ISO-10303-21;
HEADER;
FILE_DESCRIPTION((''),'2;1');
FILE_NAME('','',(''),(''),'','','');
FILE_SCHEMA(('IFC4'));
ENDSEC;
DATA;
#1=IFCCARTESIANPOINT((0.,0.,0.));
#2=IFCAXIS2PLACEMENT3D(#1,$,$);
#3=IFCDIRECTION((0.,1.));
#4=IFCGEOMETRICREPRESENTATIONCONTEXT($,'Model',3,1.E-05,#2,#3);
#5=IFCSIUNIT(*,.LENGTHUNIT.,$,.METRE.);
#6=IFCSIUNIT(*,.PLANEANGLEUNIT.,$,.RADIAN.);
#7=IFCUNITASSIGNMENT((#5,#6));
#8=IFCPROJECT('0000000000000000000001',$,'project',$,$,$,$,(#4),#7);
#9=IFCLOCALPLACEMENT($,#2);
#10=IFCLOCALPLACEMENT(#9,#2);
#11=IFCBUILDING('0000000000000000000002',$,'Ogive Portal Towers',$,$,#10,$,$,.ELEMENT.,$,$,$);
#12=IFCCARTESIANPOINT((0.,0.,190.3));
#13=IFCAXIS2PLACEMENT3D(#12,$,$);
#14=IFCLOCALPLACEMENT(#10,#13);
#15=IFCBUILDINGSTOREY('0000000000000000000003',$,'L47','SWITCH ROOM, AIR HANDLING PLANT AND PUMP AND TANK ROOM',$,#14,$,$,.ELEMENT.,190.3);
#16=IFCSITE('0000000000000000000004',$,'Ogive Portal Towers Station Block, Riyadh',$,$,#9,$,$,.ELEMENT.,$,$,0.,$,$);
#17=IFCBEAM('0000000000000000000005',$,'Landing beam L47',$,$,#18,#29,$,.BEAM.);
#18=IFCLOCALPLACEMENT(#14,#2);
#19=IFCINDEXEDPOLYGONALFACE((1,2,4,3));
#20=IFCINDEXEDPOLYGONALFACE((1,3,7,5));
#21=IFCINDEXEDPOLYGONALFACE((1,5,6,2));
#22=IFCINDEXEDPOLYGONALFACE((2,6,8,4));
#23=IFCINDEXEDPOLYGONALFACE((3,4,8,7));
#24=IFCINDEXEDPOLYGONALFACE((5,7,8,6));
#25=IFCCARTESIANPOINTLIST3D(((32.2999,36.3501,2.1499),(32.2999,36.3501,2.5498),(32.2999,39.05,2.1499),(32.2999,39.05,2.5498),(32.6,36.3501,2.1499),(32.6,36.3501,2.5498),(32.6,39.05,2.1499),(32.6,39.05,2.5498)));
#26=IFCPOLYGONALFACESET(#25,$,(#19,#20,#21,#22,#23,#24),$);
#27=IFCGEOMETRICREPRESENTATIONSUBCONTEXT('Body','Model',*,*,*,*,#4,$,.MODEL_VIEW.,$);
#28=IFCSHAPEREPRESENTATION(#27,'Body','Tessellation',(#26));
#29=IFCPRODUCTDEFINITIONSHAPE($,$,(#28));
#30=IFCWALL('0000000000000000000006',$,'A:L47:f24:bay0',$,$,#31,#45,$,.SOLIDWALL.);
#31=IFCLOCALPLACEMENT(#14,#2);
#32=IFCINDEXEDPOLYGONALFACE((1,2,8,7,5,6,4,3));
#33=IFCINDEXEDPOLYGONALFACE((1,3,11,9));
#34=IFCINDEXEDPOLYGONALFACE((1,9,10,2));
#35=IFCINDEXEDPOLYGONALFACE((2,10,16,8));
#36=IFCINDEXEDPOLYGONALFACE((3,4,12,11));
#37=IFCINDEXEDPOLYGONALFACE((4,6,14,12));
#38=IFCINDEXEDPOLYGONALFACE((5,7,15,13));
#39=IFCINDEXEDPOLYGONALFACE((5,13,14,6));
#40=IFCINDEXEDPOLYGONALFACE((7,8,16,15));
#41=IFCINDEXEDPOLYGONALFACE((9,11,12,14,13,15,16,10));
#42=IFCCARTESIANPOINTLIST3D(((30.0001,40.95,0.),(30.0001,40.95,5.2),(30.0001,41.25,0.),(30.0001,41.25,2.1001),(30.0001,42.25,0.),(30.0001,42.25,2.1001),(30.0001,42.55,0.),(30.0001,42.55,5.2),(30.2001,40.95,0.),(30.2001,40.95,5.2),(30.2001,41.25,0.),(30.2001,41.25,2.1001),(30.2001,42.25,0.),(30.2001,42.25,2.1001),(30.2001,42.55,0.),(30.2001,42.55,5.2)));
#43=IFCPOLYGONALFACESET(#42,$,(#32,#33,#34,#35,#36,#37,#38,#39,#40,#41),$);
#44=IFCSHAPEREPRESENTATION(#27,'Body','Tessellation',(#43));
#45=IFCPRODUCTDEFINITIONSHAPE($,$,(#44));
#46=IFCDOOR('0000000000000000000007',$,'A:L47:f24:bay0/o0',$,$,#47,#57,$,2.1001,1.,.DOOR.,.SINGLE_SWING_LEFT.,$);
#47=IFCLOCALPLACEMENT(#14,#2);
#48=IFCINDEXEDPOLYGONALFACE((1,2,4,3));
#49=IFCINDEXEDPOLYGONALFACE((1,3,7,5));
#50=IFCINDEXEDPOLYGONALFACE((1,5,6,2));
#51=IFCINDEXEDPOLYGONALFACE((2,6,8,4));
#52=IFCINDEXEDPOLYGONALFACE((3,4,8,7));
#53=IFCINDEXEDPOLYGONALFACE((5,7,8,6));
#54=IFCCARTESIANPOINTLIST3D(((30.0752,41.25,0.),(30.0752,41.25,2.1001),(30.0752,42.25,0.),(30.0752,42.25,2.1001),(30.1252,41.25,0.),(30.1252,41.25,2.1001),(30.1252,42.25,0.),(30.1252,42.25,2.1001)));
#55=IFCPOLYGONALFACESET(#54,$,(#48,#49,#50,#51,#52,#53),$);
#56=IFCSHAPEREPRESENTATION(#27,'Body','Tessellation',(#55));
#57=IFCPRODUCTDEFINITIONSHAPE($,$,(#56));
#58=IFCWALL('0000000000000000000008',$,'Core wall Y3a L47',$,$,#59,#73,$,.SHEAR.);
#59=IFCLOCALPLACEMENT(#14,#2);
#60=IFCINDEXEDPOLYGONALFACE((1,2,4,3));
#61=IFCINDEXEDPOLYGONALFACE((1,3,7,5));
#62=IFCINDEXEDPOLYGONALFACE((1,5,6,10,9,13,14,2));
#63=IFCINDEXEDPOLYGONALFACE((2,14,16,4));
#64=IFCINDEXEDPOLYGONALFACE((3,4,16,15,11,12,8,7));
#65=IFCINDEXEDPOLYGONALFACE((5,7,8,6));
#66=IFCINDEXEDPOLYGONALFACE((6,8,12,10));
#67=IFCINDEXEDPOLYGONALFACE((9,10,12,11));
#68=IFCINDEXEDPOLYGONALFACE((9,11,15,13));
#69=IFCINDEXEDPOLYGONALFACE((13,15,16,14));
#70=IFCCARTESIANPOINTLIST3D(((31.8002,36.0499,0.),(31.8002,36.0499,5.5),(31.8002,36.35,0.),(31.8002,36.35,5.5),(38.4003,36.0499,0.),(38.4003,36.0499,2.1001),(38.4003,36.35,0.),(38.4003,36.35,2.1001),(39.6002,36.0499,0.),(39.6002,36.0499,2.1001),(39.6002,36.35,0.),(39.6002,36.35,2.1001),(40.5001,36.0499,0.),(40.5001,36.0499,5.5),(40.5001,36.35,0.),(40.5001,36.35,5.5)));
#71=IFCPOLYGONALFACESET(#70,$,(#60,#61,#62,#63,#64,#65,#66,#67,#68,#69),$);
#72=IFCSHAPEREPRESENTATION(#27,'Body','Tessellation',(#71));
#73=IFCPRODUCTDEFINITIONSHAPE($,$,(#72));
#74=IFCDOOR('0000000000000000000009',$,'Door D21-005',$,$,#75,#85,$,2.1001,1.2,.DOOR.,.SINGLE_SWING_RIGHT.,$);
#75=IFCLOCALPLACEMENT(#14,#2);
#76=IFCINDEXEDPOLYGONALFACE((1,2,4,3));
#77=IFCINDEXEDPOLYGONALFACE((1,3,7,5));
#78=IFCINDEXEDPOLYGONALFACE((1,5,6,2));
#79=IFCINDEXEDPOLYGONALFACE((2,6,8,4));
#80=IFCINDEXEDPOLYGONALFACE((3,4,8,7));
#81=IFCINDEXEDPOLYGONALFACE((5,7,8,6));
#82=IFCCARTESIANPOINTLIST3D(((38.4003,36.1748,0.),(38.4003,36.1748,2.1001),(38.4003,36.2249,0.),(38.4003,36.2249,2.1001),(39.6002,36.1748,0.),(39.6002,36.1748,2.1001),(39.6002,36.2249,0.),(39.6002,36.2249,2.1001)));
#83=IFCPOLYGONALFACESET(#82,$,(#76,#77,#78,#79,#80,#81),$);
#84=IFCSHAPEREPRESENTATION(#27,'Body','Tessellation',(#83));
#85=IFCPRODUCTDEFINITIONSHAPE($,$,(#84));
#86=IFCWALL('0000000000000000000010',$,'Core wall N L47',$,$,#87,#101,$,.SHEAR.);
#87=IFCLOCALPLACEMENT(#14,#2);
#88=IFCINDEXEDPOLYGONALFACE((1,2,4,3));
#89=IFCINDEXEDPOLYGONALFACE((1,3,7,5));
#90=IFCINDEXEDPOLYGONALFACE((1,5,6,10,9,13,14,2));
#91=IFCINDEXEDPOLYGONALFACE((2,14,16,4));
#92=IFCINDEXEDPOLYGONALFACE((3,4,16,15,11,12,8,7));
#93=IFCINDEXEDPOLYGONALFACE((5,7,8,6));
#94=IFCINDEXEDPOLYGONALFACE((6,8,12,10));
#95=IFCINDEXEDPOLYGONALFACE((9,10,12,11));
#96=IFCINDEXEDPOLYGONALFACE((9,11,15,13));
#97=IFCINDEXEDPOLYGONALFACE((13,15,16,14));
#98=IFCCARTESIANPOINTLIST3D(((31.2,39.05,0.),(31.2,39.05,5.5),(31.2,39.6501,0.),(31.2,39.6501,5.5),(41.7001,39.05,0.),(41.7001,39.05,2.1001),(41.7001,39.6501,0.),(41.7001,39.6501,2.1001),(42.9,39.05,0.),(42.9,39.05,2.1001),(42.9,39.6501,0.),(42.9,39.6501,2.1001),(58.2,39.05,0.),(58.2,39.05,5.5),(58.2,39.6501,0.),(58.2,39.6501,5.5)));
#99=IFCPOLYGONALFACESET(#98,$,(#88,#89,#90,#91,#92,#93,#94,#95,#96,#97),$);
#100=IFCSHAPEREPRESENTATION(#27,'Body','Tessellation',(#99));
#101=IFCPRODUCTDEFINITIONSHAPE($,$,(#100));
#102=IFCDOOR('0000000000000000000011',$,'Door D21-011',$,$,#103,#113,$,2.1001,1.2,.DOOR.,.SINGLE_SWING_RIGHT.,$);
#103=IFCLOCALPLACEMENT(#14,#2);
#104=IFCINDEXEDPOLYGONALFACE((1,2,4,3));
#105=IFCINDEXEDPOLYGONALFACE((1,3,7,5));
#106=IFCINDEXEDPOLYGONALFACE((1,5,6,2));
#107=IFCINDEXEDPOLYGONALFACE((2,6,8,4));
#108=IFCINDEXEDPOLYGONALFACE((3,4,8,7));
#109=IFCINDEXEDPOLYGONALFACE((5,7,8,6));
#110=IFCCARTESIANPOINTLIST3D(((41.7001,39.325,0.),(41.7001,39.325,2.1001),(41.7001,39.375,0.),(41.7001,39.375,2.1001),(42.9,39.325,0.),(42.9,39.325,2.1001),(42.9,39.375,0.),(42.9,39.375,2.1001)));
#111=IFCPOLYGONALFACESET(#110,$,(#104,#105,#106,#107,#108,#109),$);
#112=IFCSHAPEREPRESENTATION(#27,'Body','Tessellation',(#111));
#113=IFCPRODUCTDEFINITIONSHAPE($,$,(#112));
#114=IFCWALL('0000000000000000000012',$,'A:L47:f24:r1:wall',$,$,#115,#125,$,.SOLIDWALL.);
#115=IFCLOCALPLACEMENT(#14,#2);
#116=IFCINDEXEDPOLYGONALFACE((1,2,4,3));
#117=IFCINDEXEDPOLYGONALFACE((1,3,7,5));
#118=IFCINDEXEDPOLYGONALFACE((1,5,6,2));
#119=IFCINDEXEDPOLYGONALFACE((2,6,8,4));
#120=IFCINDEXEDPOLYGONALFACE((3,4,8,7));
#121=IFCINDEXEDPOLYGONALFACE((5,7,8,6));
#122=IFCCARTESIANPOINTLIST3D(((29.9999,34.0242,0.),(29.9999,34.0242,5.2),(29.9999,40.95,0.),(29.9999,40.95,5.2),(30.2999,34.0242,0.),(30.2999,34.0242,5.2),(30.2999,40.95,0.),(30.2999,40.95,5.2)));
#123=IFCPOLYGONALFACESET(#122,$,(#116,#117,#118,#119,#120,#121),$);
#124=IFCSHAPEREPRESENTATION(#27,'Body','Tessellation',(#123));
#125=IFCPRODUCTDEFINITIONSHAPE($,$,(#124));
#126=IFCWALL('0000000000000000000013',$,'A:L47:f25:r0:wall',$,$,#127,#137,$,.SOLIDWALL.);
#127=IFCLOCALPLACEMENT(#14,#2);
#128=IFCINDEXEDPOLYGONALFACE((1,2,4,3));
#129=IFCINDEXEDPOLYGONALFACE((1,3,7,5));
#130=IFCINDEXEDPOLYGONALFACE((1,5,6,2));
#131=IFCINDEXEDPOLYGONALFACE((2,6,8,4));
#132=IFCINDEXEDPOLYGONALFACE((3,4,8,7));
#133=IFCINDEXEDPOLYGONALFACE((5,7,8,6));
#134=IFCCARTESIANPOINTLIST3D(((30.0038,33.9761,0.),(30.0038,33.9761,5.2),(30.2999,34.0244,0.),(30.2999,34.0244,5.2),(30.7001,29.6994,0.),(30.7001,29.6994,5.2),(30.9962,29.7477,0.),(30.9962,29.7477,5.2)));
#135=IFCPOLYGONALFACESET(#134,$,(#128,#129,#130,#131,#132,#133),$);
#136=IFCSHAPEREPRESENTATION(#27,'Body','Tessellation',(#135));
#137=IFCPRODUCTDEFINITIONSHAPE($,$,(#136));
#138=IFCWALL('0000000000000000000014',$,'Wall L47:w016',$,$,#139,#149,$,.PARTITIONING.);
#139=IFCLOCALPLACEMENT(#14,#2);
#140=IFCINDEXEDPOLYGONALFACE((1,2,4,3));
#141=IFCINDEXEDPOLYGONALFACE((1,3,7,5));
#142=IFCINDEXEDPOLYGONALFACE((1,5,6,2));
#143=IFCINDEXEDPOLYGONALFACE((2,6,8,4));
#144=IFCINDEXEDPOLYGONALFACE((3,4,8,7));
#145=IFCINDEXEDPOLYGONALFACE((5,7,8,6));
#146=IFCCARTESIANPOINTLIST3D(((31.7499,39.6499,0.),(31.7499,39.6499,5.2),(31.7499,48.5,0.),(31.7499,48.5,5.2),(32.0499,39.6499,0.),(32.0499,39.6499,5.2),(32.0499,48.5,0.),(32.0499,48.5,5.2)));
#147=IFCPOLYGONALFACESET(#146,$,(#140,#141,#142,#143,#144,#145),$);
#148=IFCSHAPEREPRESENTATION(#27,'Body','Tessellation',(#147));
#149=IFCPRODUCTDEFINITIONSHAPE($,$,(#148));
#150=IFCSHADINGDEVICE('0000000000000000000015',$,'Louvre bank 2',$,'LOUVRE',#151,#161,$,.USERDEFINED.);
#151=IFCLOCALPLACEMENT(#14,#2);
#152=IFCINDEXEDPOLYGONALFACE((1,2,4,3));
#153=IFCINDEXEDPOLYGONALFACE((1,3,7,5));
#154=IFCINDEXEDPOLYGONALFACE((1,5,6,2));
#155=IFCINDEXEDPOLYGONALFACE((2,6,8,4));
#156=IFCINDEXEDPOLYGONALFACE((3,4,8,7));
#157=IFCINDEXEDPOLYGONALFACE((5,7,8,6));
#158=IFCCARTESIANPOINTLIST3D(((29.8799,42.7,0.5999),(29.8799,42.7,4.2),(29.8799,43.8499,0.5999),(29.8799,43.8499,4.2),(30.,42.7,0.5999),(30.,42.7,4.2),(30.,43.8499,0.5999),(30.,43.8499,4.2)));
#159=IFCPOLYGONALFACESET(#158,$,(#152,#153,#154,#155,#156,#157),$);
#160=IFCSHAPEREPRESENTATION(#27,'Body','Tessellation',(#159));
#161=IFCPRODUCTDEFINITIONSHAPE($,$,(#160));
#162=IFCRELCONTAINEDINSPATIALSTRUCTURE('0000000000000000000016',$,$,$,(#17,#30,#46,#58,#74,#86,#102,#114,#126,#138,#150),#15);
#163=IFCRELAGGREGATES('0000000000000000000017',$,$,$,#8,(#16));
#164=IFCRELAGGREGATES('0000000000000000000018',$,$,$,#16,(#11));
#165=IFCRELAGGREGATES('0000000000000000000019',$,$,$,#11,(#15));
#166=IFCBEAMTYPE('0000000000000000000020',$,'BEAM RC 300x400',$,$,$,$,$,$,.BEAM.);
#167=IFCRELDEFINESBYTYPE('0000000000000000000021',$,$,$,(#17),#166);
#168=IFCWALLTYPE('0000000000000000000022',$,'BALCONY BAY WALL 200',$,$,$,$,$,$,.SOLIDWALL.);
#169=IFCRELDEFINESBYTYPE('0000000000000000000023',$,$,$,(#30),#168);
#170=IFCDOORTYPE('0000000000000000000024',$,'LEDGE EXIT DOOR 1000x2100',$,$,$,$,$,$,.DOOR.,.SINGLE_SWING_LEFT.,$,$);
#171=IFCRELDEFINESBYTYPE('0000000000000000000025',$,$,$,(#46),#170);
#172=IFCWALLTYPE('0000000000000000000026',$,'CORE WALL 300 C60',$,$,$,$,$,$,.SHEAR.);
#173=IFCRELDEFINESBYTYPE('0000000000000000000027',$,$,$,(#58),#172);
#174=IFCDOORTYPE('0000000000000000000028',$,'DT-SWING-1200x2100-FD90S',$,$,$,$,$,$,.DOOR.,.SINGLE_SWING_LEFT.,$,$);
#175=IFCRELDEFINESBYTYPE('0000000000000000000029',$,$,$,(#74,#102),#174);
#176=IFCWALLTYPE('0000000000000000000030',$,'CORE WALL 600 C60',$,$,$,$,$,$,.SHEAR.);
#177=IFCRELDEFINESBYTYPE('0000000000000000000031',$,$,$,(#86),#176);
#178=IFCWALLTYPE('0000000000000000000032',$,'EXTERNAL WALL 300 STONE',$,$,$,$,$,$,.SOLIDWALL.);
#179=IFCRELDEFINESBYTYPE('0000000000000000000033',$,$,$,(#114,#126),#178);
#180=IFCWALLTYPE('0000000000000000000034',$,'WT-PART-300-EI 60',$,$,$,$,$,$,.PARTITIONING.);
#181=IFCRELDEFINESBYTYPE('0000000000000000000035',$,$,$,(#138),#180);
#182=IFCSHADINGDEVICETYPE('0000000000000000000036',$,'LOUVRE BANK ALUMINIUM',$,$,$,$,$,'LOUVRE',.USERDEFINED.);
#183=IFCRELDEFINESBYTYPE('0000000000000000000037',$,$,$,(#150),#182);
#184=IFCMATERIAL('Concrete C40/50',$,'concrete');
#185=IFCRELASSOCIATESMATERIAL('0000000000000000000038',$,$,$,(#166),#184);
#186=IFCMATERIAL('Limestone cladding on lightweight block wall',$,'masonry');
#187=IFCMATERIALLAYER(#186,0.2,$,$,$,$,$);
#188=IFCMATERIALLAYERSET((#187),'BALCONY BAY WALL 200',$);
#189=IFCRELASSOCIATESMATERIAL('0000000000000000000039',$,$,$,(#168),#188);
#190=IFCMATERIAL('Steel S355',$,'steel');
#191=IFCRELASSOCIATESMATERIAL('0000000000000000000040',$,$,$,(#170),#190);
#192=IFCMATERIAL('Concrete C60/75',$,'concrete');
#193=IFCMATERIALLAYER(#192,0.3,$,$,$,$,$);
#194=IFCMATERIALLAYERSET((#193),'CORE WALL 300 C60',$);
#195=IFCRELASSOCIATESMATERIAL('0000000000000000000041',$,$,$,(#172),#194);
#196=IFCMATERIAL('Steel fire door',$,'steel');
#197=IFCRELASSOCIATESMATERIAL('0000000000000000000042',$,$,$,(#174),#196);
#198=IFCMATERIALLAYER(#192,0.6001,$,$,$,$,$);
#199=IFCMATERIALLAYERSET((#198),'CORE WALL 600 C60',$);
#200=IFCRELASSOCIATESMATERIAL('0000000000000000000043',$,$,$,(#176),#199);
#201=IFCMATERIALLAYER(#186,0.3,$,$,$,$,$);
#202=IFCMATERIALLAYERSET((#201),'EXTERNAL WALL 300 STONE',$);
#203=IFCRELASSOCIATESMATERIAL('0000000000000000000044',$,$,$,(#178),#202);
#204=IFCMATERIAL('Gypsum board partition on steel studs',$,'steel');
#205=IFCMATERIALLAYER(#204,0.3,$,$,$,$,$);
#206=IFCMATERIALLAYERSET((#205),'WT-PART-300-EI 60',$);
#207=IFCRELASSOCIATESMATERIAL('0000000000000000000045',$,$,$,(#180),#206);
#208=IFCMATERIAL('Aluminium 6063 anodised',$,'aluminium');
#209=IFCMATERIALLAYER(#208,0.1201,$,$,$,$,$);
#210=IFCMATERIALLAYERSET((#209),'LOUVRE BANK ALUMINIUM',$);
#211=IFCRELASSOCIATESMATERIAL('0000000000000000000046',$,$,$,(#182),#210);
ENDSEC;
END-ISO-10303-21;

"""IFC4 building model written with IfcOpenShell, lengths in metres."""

from ifc_helpers import new_model, si_unit, direction, frame, frame_2d, origin, origin_2d, place, context, subcontext, project, spatial, rectangle, extrude, material, layer, layer_set, material_profile, profile_set, type_object, element, fill, save


model = new_model("IFC4")

# Units and contexts
model_context = context("Model", 3, precision=1e-05, world=origin(), true_north=direction((0.0, 1.0)))
body_context = subcontext(model_context, "Body", "Model", "MODEL_VIEW")
ifc_project = project(units=[si_unit("LENGTHUNIT", "METRE"), si_unit("PLANEANGLEUNIT", "RADIAN")], contexts=[model_context])

# Site, building, storey
site_placement = place(None, origin())
site = spatial("IfcSite", under=ifc_project, at=site_placement, Name="Ogive Portal Towers Station Block, Riyadh", CompositionType="ELEMENT", RefElevation=0.0)
building_placement = place(site_placement, origin())
building = spatial("IfcBuilding", under=site, at=building_placement, Name="Ogive Portal Towers", CompositionType="ELEMENT")
storey_placement = place(building_placement, frame((0.0, 0.0, 190.3)))
storey = spatial("IfcBuildingStorey", under=building, at=storey_placement, Name="L47", Description="SWITCH ROOM, AIR HANDLING PLANT AND PUMP AND TANK ROOM", CompositionType="ELEMENT", Elevation=190.3)

# Beam
ifc_material_1 = material(Name="Concrete C40/50", Category="concrete")
ifc_material_profile = material_profile(ifc_material_1, rectangle(XDim=0.3, YDim=0.3999, at=origin_2d()), Name="RC 300x400")
ifc_profile_set = profile_set([ifc_material_profile], Name="Concrete C40/50")
beam_type = type_object("IfcBeamType", Name="BEAM RC 300x400", PredefinedType="BEAM", material=ifc_profile_set)
beam_placement = place(storey_placement, frame((32.45, 36.3501, 2.3499), z_axis=(0.0, 1.0, 0.0), x_axis=(-1.0, 0.0, 0.0)))
element("IfcBeam", 1, at=beam_placement, inside=storey, type_object=beam_type, Name="Landing beam L47", PredefinedType="BEAM", context=body_context, shape_type="SweptSolid", body=[
    extrude(rectangle(XDim=0.3, YDim=0.3999, at=origin_2d()), origin(), (0.0, 0.0, 1.0), 2.7),
])

# Walls, openings, doors
ifc_material_2 = material(Name="Limestone cladding on lightweight block wall", Category="masonry")
ifc_layer_1 = layer(ifc_material_2, 0.2)
ifc_layer_set_1 = layer_set([ifc_layer_1], Name="BALCONY BAY WALL 200")
wall_type_1 = type_object("IfcWallType", Name="BALCONY BAY WALL 200", PredefinedType="SOLIDWALL", material=ifc_layer_set_1)
wall_1_placement = place(storey_placement, frame((30.1001, 40.95, 0.0), z_axis=(0.0, 0.0, 1.0), x_axis=(0.0, 1.0, 0.0)))
wall_1 = element("IfcWall", 2, at=wall_1_placement, inside=storey, type_object=wall_type_1, Name="A:L47:f24:bay0", PredefinedType="SOLIDWALL", context=body_context, shape_type="SweptSolid", body=[
    extrude(rectangle(XDim=1.6001, YDim=0.2, at=frame_2d((0.8, 0.0))), origin(), (0.0, 0.0, 1.0), 5.2),
])
opening_1_placement = place(wall_1_placement, frame((0.3, 0.0, 0.0)))
opening_1 = element("IfcOpeningElement", 3, at=opening_1_placement, cuts=wall_1, PredefinedType="OPENING", context=body_context, shape_type="SweptSolid", body=[
    extrude(rectangle(XDim=1.0, YDim=2.1001, at=frame_2d((0.5, 1.05))), frame((0.0, 0.1099, 0.0), z_axis=(0.0, -1.0, 0.0), x_axis=(1.0, 0.0, 0.0)), (0.0, 0.0, 1.0), 0.22),
])
ifc_material_3 = material(Name="Steel S355", Category="steel")
door_type_1 = type_object("IfcDoorType", Name="LEDGE EXIT DOOR 1000x2100", OperationType="SINGLE_SWING_LEFT", PredefinedType="DOOR", material=ifc_material_3)
door_1_placement = place(opening_1_placement, origin())
door_1 = element("IfcDoor", 4, at=door_1_placement, inside=storey, type_object=door_type_1, Name="A:L47:f24:bay0/o0", OperationType="SINGLE_SWING_LEFT", OverallHeight=2.1001, OverallWidth=1.0, PredefinedType="DOOR", context=body_context, shape_type="SweptSolid", body=[
    extrude(rectangle(XDim=1.0, YDim=2.1001, at=frame_2d((0.5, 1.05))), frame((0.0, 0.0249, 0.0), z_axis=(0.0, -1.0, 0.0), x_axis=(1.0, 0.0, 0.0)), (0.0, 0.0, 1.0), 0.05),
])
fill(opening_1, door_1)
ifc_material_4 = material(Name="Concrete C60/75", Category="concrete")
ifc_layer_2 = layer(ifc_material_4, 0.3)
ifc_layer_set_2 = layer_set([ifc_layer_2], Name="CORE WALL 300 C60")
wall_type_2 = type_object("IfcWallType", Name="CORE WALL 300 C60", PredefinedType="SHEAR", material=ifc_layer_set_2)
wall_2_placement = place(storey_placement, frame((31.8, 36.2, 0.0), z_axis=(0.0, 0.0, 1.0), x_axis=(1.0, 0.0, 0.0)))
wall_2 = element("IfcWall", 5, at=wall_2_placement, inside=storey, type_object=wall_type_2, Name="Core wall Y3a L47", PredefinedType="SHEAR", context=body_context, shape_type="SweptSolid", body=[
    extrude(rectangle(XDim=8.7, YDim=0.3, at=frame_2d((4.3501, 0.0))), origin(), (0.0, 0.0, 1.0), 5.5),
])
opening_2_placement = place(wall_2_placement, frame((6.6001, 0.0, 0.0)))
opening_2 = element("IfcOpeningElement", 6, at=opening_2_placement, cuts=wall_2, PredefinedType="OPENING", context=body_context, shape_type="SweptSolid", body=[
    extrude(rectangle(XDim=1.2, YDim=2.1001, at=frame_2d((0.6001, 1.05))), frame((0.0, 0.1602, 0.0), z_axis=(0.0, -1.0, 0.0), x_axis=(1.0, 0.0, 0.0)), (0.0, 0.0, 1.0), 0.3201),
])
ifc_material_5 = material(Name="Steel fire door", Category="steel")
door_type_2 = type_object("IfcDoorType", Name="DT-SWING-1200x2100-FD90S", OperationType="SINGLE_SWING_LEFT", PredefinedType="DOOR", material=ifc_material_5)
door_2_placement = place(opening_2_placement, origin())
door_2 = element("IfcDoor", 7, at=door_2_placement, inside=storey, type_object=door_type_2, Name="Door D21-005", OperationType="SINGLE_SWING_RIGHT", OverallHeight=2.1001, OverallWidth=1.2, PredefinedType="DOOR", context=body_context, shape_type="SweptSolid", body=[
    extrude(rectangle(XDim=1.2, YDim=2.1001, at=frame_2d((0.6001, 1.05))), frame((0.0, 0.0249, 0.0), z_axis=(0.0, -1.0, 0.0), x_axis=(1.0, 0.0, 0.0)), (0.0, 0.0, 1.0), 0.05),
])
fill(opening_2, door_2)
ifc_layer_3 = layer(ifc_material_4, 0.6001)
ifc_layer_set_3 = layer_set([ifc_layer_3], Name="CORE WALL 600 C60")
wall_type_3 = type_object("IfcWallType", Name="CORE WALL 600 C60", PredefinedType="SHEAR", material=ifc_layer_set_3)
wall_3_placement = place(storey_placement, frame((31.2, 39.3501, 0.0), z_axis=(0.0, 0.0, 1.0), x_axis=(1.0, 0.0, 0.0)))
wall_3 = element("IfcWall", 8, at=wall_3_placement, inside=storey, type_object=wall_type_3, Name="Core wall N L47", PredefinedType="SHEAR", context=body_context, shape_type="SweptSolid", body=[
    extrude(rectangle(XDim=27.0, YDim=0.6001, at=frame_2d((13.5, 0.0))), origin(), (0.0, 0.0, 1.0), 5.5),
])
opening_3_placement = place(wall_3_placement, frame((10.5, 0.0, 0.0)))
opening_3 = element("IfcOpeningElement", 9, at=opening_3_placement, cuts=wall_3, PredefinedType="OPENING", context=body_context, shape_type="SweptSolid", body=[
    extrude(rectangle(XDim=1.2, YDim=2.1001, at=frame_2d((0.6001, 1.05))), frame((0.0, 0.3101, 0.0), z_axis=(0.0, -1.0, 0.0), x_axis=(1.0, 0.0, 0.0)), (0.0, 0.0, 1.0), 0.6201),
])
door_3_placement = place(opening_3_placement, origin())
door_3 = element("IfcDoor", 10, at=door_3_placement, inside=storey, type_object=door_type_2, Name="Door D21-011", OperationType="SINGLE_SWING_RIGHT", OverallHeight=2.1001, OverallWidth=1.2, PredefinedType="DOOR", context=body_context, shape_type="SweptSolid", body=[
    extrude(rectangle(XDim=1.2, YDim=2.1001, at=frame_2d((0.6001, 1.05))), frame((0.0, 0.0249, 0.0), z_axis=(0.0, -1.0, 0.0), x_axis=(1.0, 0.0, 0.0)), (0.0, 0.0, 1.0), 0.05),
])
fill(opening_3, door_3)

# Walls
ifc_layer_4 = layer(ifc_material_2, 0.3)
ifc_layer_set_4 = layer_set([ifc_layer_4], Name="EXTERNAL WALL 300 STONE")
wall_type_4 = type_object("IfcWallType", Name="EXTERNAL WALL 300 STONE", PredefinedType="SOLIDWALL", material=ifc_layer_set_4)
wall_4_placement = place(storey_placement, frame((30.1499, 40.95, 0.0), z_axis=(0.0, 0.0, 1.0), x_axis=(0.0, -1.0, 0.0)))
element("IfcWall", 11, at=wall_4_placement, inside=storey, type_object=wall_type_4, Name="A:L47:f24:r1:wall", PredefinedType="SOLIDWALL", context=body_context, shape_type="SweptSolid", body=[
    extrude(rectangle(XDim=6.9258, YDim=0.3, at=frame_2d((3.4629, 0.0))), origin(), (0.0, 0.0, 1.0), 5.2),
])
wall_5_placement = place(storey_placement, frame((30.1519, 34.0002, 0.0), z_axis=(0.0, 0.0, 1.0), x_axis=(0.160697, -0.987004, 0.0)))
element("IfcWall", 12, at=wall_5_placement, inside=storey, type_object=wall_type_4, Name="A:L47:f25:r0:wall", PredefinedType="SOLIDWALL", context=body_context, shape_type="SweptSolid", body=[
    extrude(rectangle(XDim=4.333, YDim=0.3, at=frame_2d((2.1665, 0.0))), origin(), (0.0, 0.0, 1.0), 5.2),
])
ifc_material_6 = material(Name="Gypsum board partition on steel studs", Category="steel")
ifc_layer_5 = layer(ifc_material_6, 0.3)
ifc_layer_set_5 = layer_set([ifc_layer_5], Name="WT-PART-300-EI 60")
wall_type_5 = type_object("IfcWallType", Name="WT-PART-300-EI 60", PredefinedType="PARTITIONING", material=ifc_layer_set_5)
wall_6_placement = place(storey_placement, frame((31.8999, 39.6499, 0.0), z_axis=(0.0, 0.0, 1.0), x_axis=(0.0, 1.0, 0.0)))
element("IfcWall", 13, at=wall_6_placement, inside=storey, type_object=wall_type_5, Name="Wall L47:w016", PredefinedType="PARTITIONING", context=body_context, shape_type="SweptSolid", body=[
    extrude(rectangle(XDim=8.8501, YDim=0.3, at=frame_2d((4.425, 0.0))), origin(), (0.0, 0.0, 1.0), 5.2),
])

# Shading device
ifc_material_7 = material(Name="Aluminium 6063 anodised", Category="aluminium")
ifc_layer_6 = layer(ifc_material_7, 0.1201)
ifc_layer_set_6 = layer_set([ifc_layer_6], Name="LOUVRE BANK ALUMINIUM")
shading_device_type = type_object("IfcShadingDeviceType", Name="LOUVRE BANK ALUMINIUM", ElementType="LOUVRE", PredefinedType="USERDEFINED", material=ifc_layer_set_6)
for number, where, z_axis, x_axis, name in (
    (14, (29.9399, 43.2749, 0.5999), (0.0, 0.0, 1.0), (0.0, -1.0, 0.0), "Louvre bank 2"),
):
    element("IfcShadingDevice", number, at=place(storey_placement, frame(where, z_axis=z_axis, x_axis=x_axis)), inside=storey, type_object=shading_device_type, Name=name, ObjectType="LOUVRE", PredefinedType="USERDEFINED", context=body_context, shape_type="SweptSolid", body=[
        extrude(rectangle(XDim=1.1499, YDim=0.1201, at=origin_2d()), origin(), (0.0, 0.0, 1.0), 3.6001),
    ])

save(model, "model.ifc")
